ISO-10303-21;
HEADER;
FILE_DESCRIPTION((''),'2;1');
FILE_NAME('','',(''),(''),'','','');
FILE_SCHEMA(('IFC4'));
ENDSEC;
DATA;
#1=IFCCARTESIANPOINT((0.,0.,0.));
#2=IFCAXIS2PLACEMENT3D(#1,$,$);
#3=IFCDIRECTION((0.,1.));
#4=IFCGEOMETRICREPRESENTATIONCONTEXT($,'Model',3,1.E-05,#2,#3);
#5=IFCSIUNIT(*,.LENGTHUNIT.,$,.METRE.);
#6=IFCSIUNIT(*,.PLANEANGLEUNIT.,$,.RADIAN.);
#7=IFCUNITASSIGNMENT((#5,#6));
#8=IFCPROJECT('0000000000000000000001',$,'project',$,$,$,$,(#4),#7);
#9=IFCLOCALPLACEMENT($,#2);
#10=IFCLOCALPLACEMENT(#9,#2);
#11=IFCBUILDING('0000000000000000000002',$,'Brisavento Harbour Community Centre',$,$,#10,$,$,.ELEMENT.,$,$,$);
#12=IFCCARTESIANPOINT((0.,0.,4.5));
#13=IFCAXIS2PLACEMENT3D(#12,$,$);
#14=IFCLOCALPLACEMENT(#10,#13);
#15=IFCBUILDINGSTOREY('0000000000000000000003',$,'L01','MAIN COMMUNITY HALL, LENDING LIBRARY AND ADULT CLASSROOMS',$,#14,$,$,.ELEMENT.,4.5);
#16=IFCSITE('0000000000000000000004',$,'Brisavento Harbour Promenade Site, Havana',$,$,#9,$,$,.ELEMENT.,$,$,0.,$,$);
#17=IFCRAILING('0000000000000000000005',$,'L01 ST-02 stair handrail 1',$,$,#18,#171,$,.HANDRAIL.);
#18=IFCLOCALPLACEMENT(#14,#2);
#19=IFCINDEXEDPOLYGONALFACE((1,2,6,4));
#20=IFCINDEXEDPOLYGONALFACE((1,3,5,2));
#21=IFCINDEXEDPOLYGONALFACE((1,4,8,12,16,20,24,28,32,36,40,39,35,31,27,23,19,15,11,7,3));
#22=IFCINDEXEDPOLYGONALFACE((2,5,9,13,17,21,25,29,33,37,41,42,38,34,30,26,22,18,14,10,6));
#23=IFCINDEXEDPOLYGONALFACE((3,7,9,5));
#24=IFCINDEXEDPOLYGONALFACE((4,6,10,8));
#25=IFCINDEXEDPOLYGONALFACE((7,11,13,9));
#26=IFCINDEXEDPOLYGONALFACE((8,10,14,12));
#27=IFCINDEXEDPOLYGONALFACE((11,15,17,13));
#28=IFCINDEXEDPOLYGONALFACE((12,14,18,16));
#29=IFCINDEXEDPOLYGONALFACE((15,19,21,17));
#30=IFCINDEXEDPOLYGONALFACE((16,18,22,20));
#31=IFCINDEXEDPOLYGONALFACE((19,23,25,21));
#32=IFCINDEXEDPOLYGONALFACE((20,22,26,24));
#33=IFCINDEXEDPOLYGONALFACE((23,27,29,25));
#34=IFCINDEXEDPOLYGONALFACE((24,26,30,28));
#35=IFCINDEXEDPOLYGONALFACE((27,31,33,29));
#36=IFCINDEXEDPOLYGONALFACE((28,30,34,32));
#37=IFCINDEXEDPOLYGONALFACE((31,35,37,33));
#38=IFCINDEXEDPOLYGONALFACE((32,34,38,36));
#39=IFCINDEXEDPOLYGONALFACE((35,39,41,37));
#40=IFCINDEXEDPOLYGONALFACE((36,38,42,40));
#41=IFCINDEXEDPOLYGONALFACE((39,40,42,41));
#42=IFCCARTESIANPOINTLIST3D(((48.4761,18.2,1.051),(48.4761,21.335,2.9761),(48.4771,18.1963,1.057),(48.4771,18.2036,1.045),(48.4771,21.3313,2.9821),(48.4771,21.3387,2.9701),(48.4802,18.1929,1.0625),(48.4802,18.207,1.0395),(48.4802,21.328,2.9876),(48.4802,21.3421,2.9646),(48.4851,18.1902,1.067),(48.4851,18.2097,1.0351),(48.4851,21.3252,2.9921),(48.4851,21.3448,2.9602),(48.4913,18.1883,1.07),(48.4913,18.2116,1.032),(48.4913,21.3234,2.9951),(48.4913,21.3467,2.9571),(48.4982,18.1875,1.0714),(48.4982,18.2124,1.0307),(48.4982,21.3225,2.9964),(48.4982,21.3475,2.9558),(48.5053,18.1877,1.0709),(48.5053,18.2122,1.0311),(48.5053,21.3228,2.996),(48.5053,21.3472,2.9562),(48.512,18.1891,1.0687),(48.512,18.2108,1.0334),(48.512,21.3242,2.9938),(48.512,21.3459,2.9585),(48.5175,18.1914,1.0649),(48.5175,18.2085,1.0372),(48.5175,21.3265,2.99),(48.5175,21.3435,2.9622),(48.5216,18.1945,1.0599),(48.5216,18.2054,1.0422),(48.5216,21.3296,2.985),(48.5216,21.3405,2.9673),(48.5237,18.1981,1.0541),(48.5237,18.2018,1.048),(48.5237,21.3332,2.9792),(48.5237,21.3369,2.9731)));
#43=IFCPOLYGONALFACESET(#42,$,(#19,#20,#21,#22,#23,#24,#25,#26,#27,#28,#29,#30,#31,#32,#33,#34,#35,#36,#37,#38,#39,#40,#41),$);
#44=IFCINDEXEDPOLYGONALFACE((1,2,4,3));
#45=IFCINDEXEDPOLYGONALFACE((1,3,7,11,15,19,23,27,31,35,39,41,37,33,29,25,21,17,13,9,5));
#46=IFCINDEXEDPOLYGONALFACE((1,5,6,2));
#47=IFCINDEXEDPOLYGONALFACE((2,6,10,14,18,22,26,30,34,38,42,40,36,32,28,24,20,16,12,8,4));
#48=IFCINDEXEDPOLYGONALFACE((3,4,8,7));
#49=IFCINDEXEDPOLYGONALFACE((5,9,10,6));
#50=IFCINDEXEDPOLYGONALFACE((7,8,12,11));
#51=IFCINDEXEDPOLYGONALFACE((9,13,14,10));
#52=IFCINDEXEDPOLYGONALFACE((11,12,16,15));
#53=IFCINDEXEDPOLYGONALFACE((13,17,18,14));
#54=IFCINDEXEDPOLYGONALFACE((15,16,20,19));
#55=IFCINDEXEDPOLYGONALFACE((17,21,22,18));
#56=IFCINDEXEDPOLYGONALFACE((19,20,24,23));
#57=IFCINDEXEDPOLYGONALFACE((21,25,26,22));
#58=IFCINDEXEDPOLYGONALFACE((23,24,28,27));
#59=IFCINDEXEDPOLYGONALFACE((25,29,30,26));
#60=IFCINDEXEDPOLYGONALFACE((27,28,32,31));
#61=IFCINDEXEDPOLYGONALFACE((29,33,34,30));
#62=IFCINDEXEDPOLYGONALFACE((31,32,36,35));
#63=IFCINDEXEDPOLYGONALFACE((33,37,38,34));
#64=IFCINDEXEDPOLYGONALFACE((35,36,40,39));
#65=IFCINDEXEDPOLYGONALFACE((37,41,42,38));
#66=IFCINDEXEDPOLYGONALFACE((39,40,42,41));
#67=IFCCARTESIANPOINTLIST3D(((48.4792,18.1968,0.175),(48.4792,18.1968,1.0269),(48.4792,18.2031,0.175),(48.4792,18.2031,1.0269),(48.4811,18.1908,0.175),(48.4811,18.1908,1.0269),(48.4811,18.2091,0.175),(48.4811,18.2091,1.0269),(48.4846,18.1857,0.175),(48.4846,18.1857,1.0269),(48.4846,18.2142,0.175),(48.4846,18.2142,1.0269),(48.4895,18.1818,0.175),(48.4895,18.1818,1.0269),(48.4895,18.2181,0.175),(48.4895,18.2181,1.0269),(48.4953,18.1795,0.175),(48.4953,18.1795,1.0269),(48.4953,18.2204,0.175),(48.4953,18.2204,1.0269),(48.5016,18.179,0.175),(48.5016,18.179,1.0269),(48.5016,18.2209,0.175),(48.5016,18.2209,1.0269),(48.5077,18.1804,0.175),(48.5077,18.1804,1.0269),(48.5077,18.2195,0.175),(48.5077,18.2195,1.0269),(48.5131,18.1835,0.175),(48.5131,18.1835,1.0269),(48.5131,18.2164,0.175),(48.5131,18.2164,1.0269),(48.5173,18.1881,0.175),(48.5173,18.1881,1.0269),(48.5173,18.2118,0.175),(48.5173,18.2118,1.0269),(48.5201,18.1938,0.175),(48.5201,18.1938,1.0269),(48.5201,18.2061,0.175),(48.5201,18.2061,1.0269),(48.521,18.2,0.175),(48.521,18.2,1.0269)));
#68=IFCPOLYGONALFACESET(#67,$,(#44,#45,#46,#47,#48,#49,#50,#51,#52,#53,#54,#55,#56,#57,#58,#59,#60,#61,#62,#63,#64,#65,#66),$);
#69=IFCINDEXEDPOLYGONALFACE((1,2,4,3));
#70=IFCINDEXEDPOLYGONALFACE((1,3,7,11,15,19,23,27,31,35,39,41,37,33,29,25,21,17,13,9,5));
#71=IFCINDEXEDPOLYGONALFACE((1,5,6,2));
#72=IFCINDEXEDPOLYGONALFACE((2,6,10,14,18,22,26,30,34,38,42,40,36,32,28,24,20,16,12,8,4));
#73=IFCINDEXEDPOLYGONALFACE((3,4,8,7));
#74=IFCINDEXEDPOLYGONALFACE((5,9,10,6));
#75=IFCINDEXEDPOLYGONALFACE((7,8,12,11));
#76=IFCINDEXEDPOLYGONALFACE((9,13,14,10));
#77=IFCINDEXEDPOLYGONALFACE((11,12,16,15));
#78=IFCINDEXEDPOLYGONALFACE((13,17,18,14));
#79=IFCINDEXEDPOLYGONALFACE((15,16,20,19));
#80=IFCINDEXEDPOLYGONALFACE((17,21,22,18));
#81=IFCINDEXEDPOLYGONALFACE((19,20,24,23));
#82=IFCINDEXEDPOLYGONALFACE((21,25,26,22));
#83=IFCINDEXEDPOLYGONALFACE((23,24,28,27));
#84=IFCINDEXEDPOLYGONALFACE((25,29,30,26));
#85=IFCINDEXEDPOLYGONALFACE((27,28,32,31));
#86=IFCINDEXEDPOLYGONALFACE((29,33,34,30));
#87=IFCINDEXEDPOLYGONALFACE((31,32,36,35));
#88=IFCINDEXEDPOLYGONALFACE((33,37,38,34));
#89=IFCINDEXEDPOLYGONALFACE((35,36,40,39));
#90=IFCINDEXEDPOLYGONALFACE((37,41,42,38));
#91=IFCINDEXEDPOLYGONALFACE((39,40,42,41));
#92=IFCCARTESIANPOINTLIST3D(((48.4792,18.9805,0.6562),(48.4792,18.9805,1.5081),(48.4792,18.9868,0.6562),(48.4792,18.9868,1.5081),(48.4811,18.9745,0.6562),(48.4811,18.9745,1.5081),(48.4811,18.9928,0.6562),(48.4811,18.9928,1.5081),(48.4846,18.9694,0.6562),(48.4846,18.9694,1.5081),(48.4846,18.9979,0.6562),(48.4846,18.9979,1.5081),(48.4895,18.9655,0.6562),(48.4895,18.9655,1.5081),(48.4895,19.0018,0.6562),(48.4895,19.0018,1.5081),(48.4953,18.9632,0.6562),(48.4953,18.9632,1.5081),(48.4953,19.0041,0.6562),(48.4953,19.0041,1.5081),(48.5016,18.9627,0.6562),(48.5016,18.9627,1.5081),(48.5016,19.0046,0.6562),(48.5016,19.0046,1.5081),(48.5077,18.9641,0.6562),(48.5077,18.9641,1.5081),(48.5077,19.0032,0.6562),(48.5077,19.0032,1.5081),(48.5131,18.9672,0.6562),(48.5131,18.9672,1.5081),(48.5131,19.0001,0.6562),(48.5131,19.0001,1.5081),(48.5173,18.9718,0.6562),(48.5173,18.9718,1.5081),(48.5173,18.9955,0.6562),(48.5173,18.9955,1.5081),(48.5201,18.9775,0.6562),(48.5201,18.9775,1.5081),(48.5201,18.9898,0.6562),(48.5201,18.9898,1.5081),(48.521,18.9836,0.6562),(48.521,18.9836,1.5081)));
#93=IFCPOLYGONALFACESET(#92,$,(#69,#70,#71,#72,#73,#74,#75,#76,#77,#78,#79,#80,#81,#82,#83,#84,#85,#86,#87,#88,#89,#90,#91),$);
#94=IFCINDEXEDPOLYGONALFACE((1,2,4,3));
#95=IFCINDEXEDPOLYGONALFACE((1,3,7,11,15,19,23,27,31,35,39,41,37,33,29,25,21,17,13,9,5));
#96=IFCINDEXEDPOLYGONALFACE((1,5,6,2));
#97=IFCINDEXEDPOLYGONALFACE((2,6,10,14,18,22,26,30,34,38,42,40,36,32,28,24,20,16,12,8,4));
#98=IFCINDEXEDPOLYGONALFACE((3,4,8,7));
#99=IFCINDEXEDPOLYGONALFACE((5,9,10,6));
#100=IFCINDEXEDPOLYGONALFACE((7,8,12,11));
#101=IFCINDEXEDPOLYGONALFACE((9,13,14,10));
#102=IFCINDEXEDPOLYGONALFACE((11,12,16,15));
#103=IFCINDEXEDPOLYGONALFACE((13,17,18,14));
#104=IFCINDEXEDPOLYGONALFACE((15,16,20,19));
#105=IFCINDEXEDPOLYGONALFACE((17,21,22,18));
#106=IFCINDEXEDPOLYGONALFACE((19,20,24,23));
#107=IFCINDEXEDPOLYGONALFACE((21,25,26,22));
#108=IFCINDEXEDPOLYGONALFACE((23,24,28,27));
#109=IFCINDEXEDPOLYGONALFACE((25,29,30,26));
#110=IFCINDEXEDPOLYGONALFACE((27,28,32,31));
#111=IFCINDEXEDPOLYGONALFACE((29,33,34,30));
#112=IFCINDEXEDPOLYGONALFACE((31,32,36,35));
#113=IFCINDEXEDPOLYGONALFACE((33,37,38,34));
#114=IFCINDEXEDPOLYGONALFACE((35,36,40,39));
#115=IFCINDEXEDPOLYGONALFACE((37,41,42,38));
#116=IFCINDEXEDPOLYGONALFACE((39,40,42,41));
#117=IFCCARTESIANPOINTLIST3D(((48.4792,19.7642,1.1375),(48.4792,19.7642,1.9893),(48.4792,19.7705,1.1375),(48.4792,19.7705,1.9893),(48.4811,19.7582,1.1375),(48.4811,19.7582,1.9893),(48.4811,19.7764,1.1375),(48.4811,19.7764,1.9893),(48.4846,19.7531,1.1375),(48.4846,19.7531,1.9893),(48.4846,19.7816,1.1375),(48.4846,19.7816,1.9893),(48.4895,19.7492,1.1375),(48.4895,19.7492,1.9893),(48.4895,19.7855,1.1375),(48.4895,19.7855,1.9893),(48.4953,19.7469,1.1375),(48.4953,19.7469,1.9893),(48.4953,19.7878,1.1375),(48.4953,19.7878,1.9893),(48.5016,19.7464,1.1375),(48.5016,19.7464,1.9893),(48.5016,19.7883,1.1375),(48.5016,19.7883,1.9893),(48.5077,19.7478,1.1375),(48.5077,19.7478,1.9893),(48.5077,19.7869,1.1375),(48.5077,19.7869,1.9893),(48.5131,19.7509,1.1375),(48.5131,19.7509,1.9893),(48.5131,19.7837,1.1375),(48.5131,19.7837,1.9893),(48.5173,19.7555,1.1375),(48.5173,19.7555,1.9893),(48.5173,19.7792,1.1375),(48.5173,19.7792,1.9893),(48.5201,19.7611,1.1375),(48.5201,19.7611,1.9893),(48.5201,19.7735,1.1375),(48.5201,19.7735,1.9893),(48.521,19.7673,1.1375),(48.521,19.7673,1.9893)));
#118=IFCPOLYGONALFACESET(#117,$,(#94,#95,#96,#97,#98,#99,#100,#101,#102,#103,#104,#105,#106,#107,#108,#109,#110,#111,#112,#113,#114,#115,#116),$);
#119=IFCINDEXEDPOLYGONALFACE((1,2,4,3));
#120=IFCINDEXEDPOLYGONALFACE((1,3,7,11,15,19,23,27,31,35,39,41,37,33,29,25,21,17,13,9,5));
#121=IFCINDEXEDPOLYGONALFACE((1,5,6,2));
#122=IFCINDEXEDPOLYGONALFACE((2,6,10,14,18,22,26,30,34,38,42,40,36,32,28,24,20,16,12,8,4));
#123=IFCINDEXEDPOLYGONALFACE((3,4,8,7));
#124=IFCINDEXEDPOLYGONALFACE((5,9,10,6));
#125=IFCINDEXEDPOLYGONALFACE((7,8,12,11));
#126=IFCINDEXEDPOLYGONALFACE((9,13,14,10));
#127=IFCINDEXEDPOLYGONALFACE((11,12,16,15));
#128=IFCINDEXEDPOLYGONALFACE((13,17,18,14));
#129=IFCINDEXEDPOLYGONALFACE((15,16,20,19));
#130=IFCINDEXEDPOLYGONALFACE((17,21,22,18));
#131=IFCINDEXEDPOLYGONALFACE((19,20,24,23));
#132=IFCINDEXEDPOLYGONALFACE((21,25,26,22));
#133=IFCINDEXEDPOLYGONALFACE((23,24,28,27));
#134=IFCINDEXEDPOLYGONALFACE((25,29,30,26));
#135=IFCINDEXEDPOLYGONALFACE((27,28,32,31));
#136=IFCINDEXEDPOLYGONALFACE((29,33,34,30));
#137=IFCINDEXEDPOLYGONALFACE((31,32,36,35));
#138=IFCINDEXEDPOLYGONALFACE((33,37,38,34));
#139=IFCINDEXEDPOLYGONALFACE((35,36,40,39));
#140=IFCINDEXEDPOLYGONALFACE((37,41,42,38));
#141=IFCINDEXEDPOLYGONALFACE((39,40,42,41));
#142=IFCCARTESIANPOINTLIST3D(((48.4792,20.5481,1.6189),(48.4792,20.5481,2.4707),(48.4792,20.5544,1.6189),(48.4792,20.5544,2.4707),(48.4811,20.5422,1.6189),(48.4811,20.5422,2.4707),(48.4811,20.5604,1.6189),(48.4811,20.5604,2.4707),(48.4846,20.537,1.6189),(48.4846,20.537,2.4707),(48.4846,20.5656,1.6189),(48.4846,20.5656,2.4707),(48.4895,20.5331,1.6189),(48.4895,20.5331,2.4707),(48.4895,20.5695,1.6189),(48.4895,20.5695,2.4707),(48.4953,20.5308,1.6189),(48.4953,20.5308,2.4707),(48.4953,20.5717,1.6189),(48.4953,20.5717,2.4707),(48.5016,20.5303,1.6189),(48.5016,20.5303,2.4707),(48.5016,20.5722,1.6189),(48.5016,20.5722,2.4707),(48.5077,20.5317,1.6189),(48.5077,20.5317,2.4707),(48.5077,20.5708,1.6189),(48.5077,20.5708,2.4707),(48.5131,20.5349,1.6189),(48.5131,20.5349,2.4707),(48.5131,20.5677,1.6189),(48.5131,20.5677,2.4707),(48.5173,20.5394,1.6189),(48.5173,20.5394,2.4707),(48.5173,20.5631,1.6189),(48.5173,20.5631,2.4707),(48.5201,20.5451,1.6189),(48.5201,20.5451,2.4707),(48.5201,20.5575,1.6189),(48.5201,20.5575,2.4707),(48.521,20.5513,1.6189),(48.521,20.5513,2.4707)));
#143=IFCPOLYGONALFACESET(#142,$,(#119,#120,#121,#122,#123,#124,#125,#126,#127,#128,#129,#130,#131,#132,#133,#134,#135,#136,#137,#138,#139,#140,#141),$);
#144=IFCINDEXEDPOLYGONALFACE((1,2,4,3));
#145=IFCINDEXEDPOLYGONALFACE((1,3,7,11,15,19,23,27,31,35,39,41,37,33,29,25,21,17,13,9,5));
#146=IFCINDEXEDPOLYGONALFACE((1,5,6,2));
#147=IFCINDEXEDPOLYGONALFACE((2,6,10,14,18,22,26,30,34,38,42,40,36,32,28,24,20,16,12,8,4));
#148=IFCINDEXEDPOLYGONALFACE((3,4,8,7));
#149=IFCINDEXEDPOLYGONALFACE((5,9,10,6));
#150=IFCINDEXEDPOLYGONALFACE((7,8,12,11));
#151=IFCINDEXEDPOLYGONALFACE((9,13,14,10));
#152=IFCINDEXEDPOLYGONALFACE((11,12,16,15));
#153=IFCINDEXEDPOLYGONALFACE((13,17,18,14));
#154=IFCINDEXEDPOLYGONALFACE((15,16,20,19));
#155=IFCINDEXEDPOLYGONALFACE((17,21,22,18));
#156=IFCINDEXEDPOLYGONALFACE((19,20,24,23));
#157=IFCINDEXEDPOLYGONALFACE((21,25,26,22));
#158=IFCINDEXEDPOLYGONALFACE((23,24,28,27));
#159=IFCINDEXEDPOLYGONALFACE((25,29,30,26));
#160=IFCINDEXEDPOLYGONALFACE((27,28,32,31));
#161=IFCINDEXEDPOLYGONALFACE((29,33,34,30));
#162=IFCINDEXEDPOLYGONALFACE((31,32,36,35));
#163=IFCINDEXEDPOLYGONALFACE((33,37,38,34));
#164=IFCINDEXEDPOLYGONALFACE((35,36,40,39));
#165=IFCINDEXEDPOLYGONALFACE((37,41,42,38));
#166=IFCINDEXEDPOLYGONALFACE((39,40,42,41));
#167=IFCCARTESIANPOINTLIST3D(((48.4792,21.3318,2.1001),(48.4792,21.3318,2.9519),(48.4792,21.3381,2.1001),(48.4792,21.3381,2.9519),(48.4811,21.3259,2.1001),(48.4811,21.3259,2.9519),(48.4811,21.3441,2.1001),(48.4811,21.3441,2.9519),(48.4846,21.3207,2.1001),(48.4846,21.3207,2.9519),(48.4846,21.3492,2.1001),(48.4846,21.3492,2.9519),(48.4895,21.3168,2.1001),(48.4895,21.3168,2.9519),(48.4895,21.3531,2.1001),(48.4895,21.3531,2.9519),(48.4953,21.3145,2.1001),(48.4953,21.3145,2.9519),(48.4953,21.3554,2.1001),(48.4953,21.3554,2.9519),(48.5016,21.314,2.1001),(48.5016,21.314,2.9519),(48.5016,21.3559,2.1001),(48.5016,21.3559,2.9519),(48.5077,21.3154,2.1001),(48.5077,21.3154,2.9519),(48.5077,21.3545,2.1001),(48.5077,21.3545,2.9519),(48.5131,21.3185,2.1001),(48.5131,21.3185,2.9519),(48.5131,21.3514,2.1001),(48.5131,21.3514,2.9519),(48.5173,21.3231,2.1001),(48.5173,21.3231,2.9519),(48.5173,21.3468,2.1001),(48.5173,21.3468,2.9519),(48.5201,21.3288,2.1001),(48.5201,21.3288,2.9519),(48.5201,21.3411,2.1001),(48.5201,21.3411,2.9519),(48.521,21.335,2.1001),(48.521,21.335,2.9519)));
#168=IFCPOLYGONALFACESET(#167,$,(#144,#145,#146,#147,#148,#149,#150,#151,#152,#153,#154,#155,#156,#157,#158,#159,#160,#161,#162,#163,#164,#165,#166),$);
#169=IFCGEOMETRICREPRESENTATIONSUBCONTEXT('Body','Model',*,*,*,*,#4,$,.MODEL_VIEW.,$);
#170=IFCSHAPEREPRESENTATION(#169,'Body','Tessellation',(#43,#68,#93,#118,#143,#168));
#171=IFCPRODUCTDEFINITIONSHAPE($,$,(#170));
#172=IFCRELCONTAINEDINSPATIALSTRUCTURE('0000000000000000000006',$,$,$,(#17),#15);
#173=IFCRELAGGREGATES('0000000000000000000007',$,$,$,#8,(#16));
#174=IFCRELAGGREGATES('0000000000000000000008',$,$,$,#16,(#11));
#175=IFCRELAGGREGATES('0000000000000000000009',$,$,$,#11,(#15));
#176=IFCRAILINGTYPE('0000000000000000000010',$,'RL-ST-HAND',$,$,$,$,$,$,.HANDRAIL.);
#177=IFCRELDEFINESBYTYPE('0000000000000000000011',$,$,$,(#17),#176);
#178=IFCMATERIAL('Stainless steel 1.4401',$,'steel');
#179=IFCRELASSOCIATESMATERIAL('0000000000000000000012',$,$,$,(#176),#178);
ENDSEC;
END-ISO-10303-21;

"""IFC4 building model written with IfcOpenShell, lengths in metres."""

from ifc_helpers import new_model, si_unit, direction, frame, origin, origin_2d, place, context, subcontext, project, spatial, circle, extrude, material, type_object, element, save


model = new_model("IFC4")

# Units and contexts
model_context = context("Model", 3, precision=1e-05, world=origin(), true_north=direction((0.0, 1.0)))
body_context = subcontext(model_context, "Body", "Model", "MODEL_VIEW")
ifc_project = project(units=[si_unit("LENGTHUNIT", "METRE"), si_unit("PLANEANGLEUNIT", "RADIAN")], contexts=[model_context])

# Site, building, storey
site_placement = place(None, origin())
site = spatial("IfcSite", under=ifc_project, at=site_placement, Name="Brisavento Harbour Promenade Site, Havana", CompositionType="ELEMENT", RefElevation=0.0)
building_placement = place(site_placement, origin())
building = spatial("IfcBuilding", under=site, at=building_placement, Name="Brisavento Harbour Community Centre", CompositionType="ELEMENT")
storey_placement = place(building_placement, frame((0.0, 0.0, 4.5)))
storey = spatial("IfcBuildingStorey", under=building, at=storey_placement, Name="L01", Description="MAIN COMMUNITY HALL, LENDING LIBRARY AND ADULT CLASSROOMS", CompositionType="ELEMENT", Elevation=4.5)

# Railing
ifc_material_1 = material(Name="Stainless steel 1.4401", Category="steel")
railing_type_1 = type_object("IfcRailingType", Name="RL-ST-HAND", PredefinedType="HANDRAIL", material=ifc_material_1)
railing_1_placement = place(storey_placement, frame((48.5, 18.2, 0.175)))
element("IfcRailing", 1, at=railing_1_placement, inside=storey, type_object=railing_type_1, Name="L01 ST-02 stair handrail 1", PredefinedType="HANDRAIL", context=body_context, shape_type="SweptSolid", body=[
    extrude(circle(Radius=0.0239, at=origin_2d()), frame((0.0, 0.0, 0.876), z_axis=(0.0, 0.852166, 0.523271), x_axis=(-1.0, 0.0, 0.0)), (0.0, 0.0, 1.0), 3.679),
    extrude(circle(Radius=0.021, at=origin_2d()), origin(), (0.0, 0.0, 1.0), 0.8518),
    extrude(circle(Radius=0.021, at=origin_2d()), frame((0.0, 0.7837, 0.4812)), (0.0, 0.0, 1.0), 0.8518),
    extrude(circle(Radius=0.021, at=origin_2d()), frame((0.0, 1.5674, 0.9624)), (0.0, 0.0, 1.0), 0.8518),
    extrude(circle(Radius=0.021, at=origin_2d()), frame((0.0, 2.3513, 1.4438)), (0.0, 0.0, 1.0), 0.8518),
    extrude(circle(Radius=0.021, at=origin_2d()), frame((0.0, 3.135, 1.925)), (0.0, 0.0, 1.0), 0.8518),
])

save(model, "model.ifc")
